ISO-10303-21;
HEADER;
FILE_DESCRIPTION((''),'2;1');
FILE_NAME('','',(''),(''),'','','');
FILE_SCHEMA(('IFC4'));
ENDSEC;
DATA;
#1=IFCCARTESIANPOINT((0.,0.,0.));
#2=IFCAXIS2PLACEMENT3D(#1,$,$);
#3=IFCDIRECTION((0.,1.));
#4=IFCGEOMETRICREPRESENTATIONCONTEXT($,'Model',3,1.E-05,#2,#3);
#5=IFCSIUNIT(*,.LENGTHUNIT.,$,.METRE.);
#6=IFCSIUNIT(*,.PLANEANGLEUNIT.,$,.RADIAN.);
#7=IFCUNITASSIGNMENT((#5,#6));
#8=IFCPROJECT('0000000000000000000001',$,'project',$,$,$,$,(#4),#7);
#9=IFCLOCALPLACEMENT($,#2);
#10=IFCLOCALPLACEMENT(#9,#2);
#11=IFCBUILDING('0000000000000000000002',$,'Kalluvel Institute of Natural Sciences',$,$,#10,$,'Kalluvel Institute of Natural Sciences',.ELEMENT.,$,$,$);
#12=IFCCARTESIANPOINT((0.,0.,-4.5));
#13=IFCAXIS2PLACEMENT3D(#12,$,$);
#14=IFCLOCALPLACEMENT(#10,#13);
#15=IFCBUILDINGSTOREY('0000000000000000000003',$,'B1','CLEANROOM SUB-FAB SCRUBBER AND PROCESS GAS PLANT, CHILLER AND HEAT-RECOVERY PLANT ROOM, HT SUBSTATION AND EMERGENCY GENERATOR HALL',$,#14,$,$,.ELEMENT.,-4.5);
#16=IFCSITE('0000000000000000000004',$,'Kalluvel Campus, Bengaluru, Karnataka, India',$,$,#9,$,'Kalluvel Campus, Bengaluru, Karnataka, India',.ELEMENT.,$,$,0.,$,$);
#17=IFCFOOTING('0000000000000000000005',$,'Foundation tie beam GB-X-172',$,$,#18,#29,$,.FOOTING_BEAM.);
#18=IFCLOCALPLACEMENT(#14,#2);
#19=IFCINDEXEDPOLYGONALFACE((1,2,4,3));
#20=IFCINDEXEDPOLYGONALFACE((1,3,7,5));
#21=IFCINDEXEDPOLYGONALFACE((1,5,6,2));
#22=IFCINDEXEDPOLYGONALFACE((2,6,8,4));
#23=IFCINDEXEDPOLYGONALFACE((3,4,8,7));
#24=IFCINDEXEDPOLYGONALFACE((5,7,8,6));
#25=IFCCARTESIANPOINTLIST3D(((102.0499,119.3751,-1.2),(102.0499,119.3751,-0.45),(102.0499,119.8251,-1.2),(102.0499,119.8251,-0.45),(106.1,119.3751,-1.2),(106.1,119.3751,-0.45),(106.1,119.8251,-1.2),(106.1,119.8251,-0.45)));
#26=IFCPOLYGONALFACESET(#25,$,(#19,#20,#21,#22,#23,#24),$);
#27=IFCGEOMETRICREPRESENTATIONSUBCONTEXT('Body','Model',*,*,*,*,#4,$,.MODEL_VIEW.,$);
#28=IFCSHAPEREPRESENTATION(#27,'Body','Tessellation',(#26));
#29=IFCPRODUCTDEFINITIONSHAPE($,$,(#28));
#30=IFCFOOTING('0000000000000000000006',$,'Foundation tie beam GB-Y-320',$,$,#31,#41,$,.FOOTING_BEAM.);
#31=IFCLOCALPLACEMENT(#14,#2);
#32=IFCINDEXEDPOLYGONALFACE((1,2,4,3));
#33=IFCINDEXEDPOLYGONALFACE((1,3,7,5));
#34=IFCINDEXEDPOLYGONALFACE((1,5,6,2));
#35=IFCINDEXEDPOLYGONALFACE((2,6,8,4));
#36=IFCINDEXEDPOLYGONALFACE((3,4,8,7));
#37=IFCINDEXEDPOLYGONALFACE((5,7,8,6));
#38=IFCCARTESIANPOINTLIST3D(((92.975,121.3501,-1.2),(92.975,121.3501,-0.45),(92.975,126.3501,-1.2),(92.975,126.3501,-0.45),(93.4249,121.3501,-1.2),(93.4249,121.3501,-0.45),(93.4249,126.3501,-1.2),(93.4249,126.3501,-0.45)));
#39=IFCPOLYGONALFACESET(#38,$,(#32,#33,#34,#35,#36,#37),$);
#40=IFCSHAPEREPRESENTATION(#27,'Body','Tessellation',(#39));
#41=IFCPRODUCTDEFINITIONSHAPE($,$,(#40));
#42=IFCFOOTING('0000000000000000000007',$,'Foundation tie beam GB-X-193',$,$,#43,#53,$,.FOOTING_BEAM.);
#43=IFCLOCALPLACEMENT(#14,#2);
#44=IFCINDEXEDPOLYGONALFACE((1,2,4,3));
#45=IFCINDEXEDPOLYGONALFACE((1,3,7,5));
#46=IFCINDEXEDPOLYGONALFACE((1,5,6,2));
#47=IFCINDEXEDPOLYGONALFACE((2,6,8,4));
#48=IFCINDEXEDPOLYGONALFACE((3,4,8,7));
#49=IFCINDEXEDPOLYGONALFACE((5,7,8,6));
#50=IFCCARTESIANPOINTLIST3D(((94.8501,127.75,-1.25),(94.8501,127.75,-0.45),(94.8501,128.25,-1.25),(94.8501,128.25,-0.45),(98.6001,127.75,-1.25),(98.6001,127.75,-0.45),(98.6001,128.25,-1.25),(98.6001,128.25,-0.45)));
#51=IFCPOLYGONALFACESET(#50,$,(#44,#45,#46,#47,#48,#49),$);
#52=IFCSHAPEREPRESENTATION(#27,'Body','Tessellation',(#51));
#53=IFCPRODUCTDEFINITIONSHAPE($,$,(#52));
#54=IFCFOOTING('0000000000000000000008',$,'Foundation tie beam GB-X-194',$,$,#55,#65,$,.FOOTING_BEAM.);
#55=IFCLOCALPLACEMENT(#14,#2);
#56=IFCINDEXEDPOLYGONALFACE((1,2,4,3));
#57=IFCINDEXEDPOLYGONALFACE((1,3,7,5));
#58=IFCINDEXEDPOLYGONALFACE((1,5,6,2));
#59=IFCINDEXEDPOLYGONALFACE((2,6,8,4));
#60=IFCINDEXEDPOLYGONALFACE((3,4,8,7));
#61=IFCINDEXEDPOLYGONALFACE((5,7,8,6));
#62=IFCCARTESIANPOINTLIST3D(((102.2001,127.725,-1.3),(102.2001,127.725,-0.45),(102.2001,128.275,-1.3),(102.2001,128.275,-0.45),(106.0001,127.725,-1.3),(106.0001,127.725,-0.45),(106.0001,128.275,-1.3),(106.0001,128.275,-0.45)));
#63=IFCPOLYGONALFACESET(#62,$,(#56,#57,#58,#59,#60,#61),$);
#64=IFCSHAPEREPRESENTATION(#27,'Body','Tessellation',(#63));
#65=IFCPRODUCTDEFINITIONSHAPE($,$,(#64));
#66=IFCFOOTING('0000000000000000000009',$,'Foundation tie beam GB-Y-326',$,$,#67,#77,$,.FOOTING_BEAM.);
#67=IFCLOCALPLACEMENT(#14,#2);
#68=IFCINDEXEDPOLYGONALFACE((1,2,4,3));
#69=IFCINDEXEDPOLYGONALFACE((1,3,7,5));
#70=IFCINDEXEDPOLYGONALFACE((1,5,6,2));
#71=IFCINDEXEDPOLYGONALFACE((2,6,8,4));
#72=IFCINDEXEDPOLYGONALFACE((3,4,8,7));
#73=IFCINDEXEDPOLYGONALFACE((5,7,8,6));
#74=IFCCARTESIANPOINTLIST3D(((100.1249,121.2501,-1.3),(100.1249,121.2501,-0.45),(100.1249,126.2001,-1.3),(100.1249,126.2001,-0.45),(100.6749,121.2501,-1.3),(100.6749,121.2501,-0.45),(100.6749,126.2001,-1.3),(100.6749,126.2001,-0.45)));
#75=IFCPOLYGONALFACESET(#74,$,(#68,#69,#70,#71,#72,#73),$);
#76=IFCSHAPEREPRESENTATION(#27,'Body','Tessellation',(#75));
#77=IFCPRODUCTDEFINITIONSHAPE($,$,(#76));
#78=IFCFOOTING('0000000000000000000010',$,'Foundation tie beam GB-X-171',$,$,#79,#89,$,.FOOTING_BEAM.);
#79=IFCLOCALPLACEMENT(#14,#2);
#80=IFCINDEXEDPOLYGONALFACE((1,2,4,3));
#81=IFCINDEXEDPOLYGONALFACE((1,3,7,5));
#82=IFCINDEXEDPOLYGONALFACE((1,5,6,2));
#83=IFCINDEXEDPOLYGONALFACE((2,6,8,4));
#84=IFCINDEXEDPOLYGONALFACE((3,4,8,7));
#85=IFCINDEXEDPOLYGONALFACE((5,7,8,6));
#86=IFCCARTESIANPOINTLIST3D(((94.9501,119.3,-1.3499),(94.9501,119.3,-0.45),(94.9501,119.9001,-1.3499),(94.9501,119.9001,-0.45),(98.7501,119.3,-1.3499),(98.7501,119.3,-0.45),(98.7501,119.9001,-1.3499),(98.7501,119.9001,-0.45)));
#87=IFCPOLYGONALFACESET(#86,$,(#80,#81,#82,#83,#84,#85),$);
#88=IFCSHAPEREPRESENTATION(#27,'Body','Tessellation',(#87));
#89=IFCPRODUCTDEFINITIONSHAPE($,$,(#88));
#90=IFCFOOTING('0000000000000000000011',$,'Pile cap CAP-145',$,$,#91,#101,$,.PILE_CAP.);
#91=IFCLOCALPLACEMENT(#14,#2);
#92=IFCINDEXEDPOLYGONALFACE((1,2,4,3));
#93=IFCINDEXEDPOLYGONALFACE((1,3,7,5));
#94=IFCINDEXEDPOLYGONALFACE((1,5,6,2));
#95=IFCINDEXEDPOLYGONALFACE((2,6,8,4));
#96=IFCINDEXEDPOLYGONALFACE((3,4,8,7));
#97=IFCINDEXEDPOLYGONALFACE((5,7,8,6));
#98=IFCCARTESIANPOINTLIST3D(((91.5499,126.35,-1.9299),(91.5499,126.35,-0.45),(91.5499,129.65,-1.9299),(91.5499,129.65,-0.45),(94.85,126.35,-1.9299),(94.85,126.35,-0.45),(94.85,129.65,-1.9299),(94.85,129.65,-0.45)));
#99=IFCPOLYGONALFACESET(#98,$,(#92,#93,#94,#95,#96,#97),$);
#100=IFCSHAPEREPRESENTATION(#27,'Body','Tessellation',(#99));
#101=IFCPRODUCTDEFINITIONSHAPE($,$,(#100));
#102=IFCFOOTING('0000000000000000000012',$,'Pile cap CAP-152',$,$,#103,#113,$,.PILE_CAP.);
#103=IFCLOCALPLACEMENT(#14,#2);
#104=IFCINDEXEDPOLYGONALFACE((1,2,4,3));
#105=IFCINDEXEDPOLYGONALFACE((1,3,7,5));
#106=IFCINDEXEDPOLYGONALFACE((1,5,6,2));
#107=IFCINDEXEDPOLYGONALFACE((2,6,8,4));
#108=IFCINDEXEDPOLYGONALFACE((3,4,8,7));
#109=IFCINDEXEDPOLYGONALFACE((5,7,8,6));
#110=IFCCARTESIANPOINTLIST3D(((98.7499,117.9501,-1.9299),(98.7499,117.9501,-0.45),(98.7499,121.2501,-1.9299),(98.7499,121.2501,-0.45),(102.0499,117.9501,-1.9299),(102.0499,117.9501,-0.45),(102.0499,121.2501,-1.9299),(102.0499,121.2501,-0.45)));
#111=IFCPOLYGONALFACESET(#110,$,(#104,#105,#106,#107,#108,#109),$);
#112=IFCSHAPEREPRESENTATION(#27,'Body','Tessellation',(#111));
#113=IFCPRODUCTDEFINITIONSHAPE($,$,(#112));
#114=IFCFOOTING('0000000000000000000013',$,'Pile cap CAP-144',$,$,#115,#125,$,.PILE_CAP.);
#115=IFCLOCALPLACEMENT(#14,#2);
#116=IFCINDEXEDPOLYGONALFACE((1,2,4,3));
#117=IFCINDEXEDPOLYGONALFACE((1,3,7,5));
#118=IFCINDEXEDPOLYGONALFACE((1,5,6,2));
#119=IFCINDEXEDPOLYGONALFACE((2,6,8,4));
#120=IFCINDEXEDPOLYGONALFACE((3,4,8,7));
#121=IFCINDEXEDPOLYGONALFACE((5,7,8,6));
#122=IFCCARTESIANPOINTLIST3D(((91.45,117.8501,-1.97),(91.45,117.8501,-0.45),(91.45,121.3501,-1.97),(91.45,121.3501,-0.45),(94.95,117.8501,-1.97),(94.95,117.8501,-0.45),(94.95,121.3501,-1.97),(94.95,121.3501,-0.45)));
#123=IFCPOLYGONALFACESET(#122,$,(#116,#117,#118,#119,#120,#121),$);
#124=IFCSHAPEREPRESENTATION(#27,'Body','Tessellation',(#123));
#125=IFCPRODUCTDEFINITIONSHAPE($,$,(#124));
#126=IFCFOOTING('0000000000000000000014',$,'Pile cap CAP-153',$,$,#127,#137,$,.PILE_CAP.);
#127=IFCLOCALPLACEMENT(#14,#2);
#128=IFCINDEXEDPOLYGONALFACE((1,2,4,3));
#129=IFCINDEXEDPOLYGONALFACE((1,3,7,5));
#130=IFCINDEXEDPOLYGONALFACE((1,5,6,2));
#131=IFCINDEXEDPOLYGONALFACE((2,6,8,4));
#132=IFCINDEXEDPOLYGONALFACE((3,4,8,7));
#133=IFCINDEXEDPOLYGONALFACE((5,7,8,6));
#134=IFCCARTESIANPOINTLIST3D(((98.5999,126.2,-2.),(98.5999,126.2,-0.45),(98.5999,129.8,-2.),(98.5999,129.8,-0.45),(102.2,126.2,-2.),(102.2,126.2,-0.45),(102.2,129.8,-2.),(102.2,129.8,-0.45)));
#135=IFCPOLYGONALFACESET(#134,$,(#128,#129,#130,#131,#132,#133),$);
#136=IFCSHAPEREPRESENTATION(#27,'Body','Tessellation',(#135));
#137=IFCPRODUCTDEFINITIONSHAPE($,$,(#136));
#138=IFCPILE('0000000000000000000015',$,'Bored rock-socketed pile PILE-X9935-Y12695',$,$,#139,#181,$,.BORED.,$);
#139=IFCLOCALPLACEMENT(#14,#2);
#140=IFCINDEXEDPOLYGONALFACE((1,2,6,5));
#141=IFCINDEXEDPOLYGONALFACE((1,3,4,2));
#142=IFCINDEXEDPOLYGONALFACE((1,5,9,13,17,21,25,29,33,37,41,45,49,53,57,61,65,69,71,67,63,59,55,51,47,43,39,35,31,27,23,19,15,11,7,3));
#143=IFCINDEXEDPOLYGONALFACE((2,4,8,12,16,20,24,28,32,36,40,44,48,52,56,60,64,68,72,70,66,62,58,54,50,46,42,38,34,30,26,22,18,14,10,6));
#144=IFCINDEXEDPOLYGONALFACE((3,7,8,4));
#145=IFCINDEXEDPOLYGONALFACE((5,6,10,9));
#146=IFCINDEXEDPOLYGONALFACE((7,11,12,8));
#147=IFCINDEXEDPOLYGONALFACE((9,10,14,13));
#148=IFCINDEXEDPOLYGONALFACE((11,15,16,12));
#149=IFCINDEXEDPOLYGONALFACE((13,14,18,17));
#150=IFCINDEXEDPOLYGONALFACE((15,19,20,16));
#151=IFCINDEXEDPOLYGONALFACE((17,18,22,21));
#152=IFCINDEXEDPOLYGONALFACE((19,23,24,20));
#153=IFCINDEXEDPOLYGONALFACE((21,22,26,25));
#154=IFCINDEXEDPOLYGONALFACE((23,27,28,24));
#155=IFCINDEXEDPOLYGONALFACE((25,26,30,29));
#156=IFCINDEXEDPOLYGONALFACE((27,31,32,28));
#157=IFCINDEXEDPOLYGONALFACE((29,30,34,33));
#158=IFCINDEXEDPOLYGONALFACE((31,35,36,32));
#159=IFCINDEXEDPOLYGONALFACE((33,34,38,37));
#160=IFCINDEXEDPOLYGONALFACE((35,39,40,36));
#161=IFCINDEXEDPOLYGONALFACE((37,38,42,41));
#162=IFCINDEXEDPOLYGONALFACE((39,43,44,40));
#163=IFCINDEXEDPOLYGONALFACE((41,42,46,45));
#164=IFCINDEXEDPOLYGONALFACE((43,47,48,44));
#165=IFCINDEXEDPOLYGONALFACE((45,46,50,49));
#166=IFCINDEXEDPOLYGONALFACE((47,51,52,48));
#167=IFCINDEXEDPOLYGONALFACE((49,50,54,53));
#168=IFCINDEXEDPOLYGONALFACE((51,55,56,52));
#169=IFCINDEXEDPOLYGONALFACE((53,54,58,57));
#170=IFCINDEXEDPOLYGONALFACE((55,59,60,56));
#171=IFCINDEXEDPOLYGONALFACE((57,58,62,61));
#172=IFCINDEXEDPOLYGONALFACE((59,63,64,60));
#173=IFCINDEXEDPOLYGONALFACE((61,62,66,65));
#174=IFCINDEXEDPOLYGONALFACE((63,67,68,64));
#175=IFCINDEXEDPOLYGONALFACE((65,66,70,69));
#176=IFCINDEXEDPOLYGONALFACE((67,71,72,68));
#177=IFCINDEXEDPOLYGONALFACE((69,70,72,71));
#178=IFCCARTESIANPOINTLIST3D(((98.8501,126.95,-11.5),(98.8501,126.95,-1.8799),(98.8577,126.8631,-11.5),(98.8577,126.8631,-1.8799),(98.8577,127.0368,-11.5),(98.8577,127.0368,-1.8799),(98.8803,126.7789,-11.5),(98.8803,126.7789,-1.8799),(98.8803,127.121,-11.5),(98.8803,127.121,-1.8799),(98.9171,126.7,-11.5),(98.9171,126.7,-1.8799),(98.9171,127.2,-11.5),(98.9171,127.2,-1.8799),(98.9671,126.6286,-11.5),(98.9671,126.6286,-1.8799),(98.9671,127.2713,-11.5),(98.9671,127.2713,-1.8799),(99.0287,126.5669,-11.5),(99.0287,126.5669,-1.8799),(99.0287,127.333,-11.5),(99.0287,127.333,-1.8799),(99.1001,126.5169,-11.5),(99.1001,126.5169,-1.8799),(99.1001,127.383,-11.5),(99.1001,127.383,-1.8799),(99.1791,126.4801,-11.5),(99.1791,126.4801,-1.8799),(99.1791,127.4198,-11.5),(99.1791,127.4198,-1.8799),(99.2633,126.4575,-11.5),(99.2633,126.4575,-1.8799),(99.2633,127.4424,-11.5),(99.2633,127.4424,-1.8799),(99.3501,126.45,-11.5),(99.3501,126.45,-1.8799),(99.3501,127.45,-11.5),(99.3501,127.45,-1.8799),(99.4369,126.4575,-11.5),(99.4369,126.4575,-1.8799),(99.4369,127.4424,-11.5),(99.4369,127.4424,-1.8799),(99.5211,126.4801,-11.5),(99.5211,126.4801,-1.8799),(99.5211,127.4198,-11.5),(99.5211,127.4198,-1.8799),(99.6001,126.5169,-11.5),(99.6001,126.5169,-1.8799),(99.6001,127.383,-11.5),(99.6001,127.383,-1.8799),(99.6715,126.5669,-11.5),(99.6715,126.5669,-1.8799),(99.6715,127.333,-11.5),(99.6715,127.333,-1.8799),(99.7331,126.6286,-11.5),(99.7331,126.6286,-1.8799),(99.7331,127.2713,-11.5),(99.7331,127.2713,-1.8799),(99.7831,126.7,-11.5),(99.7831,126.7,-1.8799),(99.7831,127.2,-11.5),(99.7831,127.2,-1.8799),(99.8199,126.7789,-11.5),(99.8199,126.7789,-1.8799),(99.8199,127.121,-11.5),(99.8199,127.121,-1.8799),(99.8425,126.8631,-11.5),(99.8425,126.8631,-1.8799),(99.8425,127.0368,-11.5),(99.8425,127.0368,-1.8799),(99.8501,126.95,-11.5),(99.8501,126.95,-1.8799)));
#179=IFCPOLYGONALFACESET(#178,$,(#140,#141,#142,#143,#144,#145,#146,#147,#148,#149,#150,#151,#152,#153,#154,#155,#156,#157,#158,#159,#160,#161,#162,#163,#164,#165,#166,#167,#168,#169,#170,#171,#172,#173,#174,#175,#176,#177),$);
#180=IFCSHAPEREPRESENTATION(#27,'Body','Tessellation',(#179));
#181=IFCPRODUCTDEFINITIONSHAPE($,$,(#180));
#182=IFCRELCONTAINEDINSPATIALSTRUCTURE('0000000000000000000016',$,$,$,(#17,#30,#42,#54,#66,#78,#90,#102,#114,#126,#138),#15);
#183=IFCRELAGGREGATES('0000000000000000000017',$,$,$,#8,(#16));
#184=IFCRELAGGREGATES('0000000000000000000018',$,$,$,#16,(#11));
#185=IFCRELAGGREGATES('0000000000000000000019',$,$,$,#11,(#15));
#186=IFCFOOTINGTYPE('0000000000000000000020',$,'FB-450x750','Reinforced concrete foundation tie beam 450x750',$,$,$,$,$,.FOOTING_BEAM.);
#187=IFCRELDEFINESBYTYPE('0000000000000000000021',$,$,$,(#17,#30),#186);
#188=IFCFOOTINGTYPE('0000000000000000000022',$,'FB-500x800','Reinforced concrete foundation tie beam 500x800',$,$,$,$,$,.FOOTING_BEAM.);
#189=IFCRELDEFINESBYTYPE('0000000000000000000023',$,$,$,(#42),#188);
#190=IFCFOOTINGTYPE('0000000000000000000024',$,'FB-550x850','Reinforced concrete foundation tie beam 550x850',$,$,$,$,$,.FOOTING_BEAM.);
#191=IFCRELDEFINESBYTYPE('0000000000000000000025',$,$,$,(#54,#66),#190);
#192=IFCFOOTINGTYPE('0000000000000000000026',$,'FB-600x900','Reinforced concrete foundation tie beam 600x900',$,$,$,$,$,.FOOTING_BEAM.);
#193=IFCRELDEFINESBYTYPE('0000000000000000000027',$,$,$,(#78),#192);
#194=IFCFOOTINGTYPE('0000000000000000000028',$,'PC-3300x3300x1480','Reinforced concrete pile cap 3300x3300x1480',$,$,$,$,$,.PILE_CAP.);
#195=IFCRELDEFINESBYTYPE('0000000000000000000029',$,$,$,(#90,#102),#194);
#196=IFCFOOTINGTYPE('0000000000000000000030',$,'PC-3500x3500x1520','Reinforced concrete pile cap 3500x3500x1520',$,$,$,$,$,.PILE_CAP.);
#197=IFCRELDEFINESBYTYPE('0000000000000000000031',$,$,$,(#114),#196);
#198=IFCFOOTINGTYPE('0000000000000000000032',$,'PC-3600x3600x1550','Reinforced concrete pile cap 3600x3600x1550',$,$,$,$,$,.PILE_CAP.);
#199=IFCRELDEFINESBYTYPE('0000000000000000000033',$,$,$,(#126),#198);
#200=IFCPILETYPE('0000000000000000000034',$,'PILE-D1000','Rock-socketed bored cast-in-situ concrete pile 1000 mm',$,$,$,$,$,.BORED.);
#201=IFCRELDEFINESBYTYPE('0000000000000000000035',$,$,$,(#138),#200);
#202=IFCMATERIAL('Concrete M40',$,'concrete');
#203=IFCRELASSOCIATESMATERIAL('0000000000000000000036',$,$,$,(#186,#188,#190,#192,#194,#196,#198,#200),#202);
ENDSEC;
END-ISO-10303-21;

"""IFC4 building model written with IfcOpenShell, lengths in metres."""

from ifc_helpers import new_model, si_unit, direction, frame, origin, origin_2d, place, context, subcontext, project, spatial, rectangle, circle, extrude, material, material_profile, profile_set, type_object, element, save


model = new_model("IFC4")

# Units and contexts
model_context = context("Model", 3, precision=1e-05, world=origin(), true_north=direction((0.0, 1.0)))
body_context = subcontext(model_context, "Body", "Model", "MODEL_VIEW")
ifc_project = project(units=[si_unit("LENGTHUNIT", "METRE"), si_unit("PLANEANGLEUNIT", "RADIAN")], contexts=[model_context])

# Site, building, storey
site_placement = place(None, origin())
site = spatial("IfcSite", under=ifc_project, at=site_placement, Name="Kalluvel Campus, Bengaluru, Karnataka, India", LongName="Kalluvel Campus, Bengaluru, Karnataka, India", CompositionType="ELEMENT", RefElevation=0.0)
building_placement = place(site_placement, origin())
building = spatial("IfcBuilding", under=site, at=building_placement, Name="Kalluvel Institute of Natural Sciences", LongName="Kalluvel Institute of Natural Sciences", CompositionType="ELEMENT")
storey_placement = place(building_placement, frame((0.0, 0.0, -4.5)))
storey = spatial("IfcBuildingStorey", under=building, at=storey_placement, Name="B1", Description="CLEANROOM SUB-FAB SCRUBBER AND PROCESS GAS PLANT, CHILLER AND HEAT-RECOVERY PLANT ROOM, HT SUBSTATION AND EMERGENCY GENERATOR HALL", CompositionType="ELEMENT", Elevation=-4.5)

# Footings
ifc_material_1 = material(Name="Concrete M40", Category="concrete")
footing_type_1 = type_object("IfcFootingType", Name="FB-450x750", Description="Reinforced concrete foundation tie beam 450x750", PredefinedType="FOOTING_BEAM", material=ifc_material_1)
footing_1_placement = place(storey_placement, frame((104.075, 119.6001, -1.2), z_axis=(0.0, 0.0, 1.0), x_axis=(1.0, 0.0, 0.0)))
element("IfcFooting", 1, at=footing_1_placement, inside=storey, type_object=footing_type_1, Name="Foundation tie beam GB-X-172", PredefinedType="FOOTING_BEAM", context=body_context, shape_type="SweptSolid", body=[
    extrude(rectangle(XDim=4.05, YDim=0.45, at=origin_2d()), origin(), (0.0, 0.0, 1.0), 0.75),
])
footing_2_placement = place(storey_placement, frame((93.2, 123.8501, -1.2), z_axis=(0.0, 0.0, 1.0), x_axis=(1.0, 0.0, 0.0)))
element("IfcFooting", 2, at=footing_2_placement, inside=storey, type_object=footing_type_1, Name="Foundation tie beam GB-Y-320", PredefinedType="FOOTING_BEAM", context=body_context, shape_type="SweptSolid", body=[
    extrude(rectangle(XDim=0.45, YDim=5.0, at=origin_2d()), origin(), (0.0, 0.0, 1.0), 0.75),
])
footing_type_2 = type_object("IfcFootingType", Name="FB-500x800", Description="Reinforced concrete foundation tie beam 500x800", PredefinedType="FOOTING_BEAM", material=ifc_material_1)
footing_3_placement = place(storey_placement, frame((96.7251, 128.0, -1.25), z_axis=(0.0, 0.0, 1.0), x_axis=(1.0, 0.0, 0.0)))
element("IfcFooting", 3, at=footing_3_placement, inside=storey, type_object=footing_type_2, Name="Foundation tie beam GB-X-193", PredefinedType="FOOTING_BEAM", context=body_context, shape_type="SweptSolid", body=[
    extrude(rectangle(XDim=3.75, YDim=0.5, at=origin_2d()), origin(), (0.0, 0.0, 1.0), 0.8),
])
footing_type_3 = type_object("IfcFootingType", Name="FB-550x850", Description="Reinforced concrete foundation tie beam 550x850", PredefinedType="FOOTING_BEAM", material=ifc_material_1)
footing_4_placement = place(storey_placement, frame((104.1001, 128.0, -1.3), z_axis=(0.0, 0.0, 1.0), x_axis=(1.0, 0.0, 0.0)))
element("IfcFooting", 4, at=footing_4_placement, inside=storey, type_object=footing_type_3, Name="Foundation tie beam GB-X-194", PredefinedType="FOOTING_BEAM", context=body_context, shape_type="SweptSolid", body=[
    extrude(rectangle(XDim=3.8, YDim=0.55, at=origin_2d()), origin(), (0.0, 0.0, 1.0), 0.8501),
])
footing_5_placement = place(storey_placement, frame((100.3999, 123.7251, -1.3), z_axis=(0.0, 0.0, 1.0), x_axis=(1.0, 0.0, 0.0)))
element("IfcFooting", 5, at=footing_5_placement, inside=storey, type_object=footing_type_3, Name="Foundation tie beam GB-Y-326", PredefinedType="FOOTING_BEAM", context=body_context, shape_type="SweptSolid", body=[
    extrude(rectangle(XDim=0.55, YDim=4.95, at=origin_2d()), origin(), (0.0, 0.0, 1.0), 0.8501),
])
footing_type_4 = type_object("IfcFootingType", Name="FB-600x900", Description="Reinforced concrete foundation tie beam 600x900", PredefinedType="FOOTING_BEAM", material=ifc_material_1)
footing_6_placement = place(storey_placement, frame((96.8501, 119.6001, -1.3499), z_axis=(0.0, 0.0, 1.0), x_axis=(1.0, 0.0, 0.0)))
element("IfcFooting", 6, at=footing_6_placement, inside=storey, type_object=footing_type_4, Name="Foundation tie beam GB-X-171", PredefinedType="FOOTING_BEAM", context=body_context, shape_type="SweptSolid", body=[
    extrude(rectangle(XDim=3.8, YDim=0.6001, at=origin_2d()), origin(), (0.0, 0.0, 1.0), 0.8999),
])
footing_type_5 = type_object("IfcFootingType", Name="PC-3300x3300x1480", Description="Reinforced concrete pile cap 3300x3300x1480", PredefinedType="PILE_CAP", material=ifc_material_1)
for number, where, z_axis, x_axis, name in (
    (7, (93.2, 128.0, -1.9299), (0.0, 0.0, 1.0), (1.0, 0.0, 0.0), "Pile cap CAP-145"),
    (8, (100.3999, 119.6001, -1.9299), (0.0, 0.0, 1.0), (1.0, 0.0, 0.0), "Pile cap CAP-152"),
):
    element("IfcFooting", number, at=place(storey_placement, frame(where, z_axis=z_axis, x_axis=x_axis)), inside=storey, type_object=footing_type_5, Name=name, PredefinedType="PILE_CAP", context=body_context, shape_type="SweptSolid", body=[
        extrude(rectangle(XDim=3.3, YDim=3.3, at=origin_2d()), origin(), (0.0, 0.0, 1.0), 1.48),
    ])
footing_type_6 = type_object("IfcFootingType", Name="PC-3500x3500x1520", Description="Reinforced concrete pile cap 3500x3500x1520", PredefinedType="PILE_CAP", material=ifc_material_1)
footing_7_placement = place(storey_placement, frame((93.2, 119.6001, -1.97), z_axis=(0.0, 0.0, 1.0), x_axis=(1.0, 0.0, 0.0)))
element("IfcFooting", 9, at=footing_7_placement, inside=storey, type_object=footing_type_6, Name="Pile cap CAP-144", PredefinedType="PILE_CAP", context=body_context, shape_type="SweptSolid", body=[
    extrude(rectangle(XDim=3.5, YDim=3.5, at=origin_2d()), origin(), (0.0, 0.0, 1.0), 1.52),
])
footing_type_7 = type_object("IfcFootingType", Name="PC-3600x3600x1550", Description="Reinforced concrete pile cap 3600x3600x1550", PredefinedType="PILE_CAP", material=ifc_material_1)
footing_8_placement = place(storey_placement, frame((100.3999, 128.0, -2.0), z_axis=(0.0, 0.0, 1.0), x_axis=(1.0, 0.0, 0.0)))
element("IfcFooting", 10, at=footing_8_placement, inside=storey, type_object=footing_type_7, Name="Pile cap CAP-153", PredefinedType="PILE_CAP", context=body_context, shape_type="SweptSolid", body=[
    extrude(rectangle(XDim=3.6001, YDim=3.6001, at=origin_2d()), origin(), (0.0, 0.0, 1.0), 1.55),
])

# Pile
ifc_material_profile_1 = material_profile(ifc_material_1, circle(Radius=0.5, at=origin_2d()), Name="PILE D1000")
ifc_profile_set_1 = profile_set([ifc_material_profile_1], Name="Concrete M40")
pile_type_1 = type_object("IfcPileType", Name="PILE-D1000", Description="Rock-socketed bored cast-in-situ concrete pile 1000 mm", PredefinedType="BORED", material=ifc_profile_set_1)
for number, where, z_axis, x_axis, name in (
    (11, (99.3501, 126.95, -1.8799), (0.0, 0.0, -1.0), (1.0, 0.0, 0.0), "Bored rock-socketed pile PILE-X9935-Y12695"),
):
    element("IfcPile", number, at=place(storey_placement, frame(where, z_axis=z_axis, x_axis=x_axis)), inside=storey, type_object=pile_type_1, Name=name, PredefinedType="BORED", context=body_context, shape_type="SweptSolid", body=[
        extrude(circle(Radius=0.5, at=origin_2d()), origin(), (0.0, 0.0, 1.0), 9.6201),
    ])

save(model, "model.ifc")
